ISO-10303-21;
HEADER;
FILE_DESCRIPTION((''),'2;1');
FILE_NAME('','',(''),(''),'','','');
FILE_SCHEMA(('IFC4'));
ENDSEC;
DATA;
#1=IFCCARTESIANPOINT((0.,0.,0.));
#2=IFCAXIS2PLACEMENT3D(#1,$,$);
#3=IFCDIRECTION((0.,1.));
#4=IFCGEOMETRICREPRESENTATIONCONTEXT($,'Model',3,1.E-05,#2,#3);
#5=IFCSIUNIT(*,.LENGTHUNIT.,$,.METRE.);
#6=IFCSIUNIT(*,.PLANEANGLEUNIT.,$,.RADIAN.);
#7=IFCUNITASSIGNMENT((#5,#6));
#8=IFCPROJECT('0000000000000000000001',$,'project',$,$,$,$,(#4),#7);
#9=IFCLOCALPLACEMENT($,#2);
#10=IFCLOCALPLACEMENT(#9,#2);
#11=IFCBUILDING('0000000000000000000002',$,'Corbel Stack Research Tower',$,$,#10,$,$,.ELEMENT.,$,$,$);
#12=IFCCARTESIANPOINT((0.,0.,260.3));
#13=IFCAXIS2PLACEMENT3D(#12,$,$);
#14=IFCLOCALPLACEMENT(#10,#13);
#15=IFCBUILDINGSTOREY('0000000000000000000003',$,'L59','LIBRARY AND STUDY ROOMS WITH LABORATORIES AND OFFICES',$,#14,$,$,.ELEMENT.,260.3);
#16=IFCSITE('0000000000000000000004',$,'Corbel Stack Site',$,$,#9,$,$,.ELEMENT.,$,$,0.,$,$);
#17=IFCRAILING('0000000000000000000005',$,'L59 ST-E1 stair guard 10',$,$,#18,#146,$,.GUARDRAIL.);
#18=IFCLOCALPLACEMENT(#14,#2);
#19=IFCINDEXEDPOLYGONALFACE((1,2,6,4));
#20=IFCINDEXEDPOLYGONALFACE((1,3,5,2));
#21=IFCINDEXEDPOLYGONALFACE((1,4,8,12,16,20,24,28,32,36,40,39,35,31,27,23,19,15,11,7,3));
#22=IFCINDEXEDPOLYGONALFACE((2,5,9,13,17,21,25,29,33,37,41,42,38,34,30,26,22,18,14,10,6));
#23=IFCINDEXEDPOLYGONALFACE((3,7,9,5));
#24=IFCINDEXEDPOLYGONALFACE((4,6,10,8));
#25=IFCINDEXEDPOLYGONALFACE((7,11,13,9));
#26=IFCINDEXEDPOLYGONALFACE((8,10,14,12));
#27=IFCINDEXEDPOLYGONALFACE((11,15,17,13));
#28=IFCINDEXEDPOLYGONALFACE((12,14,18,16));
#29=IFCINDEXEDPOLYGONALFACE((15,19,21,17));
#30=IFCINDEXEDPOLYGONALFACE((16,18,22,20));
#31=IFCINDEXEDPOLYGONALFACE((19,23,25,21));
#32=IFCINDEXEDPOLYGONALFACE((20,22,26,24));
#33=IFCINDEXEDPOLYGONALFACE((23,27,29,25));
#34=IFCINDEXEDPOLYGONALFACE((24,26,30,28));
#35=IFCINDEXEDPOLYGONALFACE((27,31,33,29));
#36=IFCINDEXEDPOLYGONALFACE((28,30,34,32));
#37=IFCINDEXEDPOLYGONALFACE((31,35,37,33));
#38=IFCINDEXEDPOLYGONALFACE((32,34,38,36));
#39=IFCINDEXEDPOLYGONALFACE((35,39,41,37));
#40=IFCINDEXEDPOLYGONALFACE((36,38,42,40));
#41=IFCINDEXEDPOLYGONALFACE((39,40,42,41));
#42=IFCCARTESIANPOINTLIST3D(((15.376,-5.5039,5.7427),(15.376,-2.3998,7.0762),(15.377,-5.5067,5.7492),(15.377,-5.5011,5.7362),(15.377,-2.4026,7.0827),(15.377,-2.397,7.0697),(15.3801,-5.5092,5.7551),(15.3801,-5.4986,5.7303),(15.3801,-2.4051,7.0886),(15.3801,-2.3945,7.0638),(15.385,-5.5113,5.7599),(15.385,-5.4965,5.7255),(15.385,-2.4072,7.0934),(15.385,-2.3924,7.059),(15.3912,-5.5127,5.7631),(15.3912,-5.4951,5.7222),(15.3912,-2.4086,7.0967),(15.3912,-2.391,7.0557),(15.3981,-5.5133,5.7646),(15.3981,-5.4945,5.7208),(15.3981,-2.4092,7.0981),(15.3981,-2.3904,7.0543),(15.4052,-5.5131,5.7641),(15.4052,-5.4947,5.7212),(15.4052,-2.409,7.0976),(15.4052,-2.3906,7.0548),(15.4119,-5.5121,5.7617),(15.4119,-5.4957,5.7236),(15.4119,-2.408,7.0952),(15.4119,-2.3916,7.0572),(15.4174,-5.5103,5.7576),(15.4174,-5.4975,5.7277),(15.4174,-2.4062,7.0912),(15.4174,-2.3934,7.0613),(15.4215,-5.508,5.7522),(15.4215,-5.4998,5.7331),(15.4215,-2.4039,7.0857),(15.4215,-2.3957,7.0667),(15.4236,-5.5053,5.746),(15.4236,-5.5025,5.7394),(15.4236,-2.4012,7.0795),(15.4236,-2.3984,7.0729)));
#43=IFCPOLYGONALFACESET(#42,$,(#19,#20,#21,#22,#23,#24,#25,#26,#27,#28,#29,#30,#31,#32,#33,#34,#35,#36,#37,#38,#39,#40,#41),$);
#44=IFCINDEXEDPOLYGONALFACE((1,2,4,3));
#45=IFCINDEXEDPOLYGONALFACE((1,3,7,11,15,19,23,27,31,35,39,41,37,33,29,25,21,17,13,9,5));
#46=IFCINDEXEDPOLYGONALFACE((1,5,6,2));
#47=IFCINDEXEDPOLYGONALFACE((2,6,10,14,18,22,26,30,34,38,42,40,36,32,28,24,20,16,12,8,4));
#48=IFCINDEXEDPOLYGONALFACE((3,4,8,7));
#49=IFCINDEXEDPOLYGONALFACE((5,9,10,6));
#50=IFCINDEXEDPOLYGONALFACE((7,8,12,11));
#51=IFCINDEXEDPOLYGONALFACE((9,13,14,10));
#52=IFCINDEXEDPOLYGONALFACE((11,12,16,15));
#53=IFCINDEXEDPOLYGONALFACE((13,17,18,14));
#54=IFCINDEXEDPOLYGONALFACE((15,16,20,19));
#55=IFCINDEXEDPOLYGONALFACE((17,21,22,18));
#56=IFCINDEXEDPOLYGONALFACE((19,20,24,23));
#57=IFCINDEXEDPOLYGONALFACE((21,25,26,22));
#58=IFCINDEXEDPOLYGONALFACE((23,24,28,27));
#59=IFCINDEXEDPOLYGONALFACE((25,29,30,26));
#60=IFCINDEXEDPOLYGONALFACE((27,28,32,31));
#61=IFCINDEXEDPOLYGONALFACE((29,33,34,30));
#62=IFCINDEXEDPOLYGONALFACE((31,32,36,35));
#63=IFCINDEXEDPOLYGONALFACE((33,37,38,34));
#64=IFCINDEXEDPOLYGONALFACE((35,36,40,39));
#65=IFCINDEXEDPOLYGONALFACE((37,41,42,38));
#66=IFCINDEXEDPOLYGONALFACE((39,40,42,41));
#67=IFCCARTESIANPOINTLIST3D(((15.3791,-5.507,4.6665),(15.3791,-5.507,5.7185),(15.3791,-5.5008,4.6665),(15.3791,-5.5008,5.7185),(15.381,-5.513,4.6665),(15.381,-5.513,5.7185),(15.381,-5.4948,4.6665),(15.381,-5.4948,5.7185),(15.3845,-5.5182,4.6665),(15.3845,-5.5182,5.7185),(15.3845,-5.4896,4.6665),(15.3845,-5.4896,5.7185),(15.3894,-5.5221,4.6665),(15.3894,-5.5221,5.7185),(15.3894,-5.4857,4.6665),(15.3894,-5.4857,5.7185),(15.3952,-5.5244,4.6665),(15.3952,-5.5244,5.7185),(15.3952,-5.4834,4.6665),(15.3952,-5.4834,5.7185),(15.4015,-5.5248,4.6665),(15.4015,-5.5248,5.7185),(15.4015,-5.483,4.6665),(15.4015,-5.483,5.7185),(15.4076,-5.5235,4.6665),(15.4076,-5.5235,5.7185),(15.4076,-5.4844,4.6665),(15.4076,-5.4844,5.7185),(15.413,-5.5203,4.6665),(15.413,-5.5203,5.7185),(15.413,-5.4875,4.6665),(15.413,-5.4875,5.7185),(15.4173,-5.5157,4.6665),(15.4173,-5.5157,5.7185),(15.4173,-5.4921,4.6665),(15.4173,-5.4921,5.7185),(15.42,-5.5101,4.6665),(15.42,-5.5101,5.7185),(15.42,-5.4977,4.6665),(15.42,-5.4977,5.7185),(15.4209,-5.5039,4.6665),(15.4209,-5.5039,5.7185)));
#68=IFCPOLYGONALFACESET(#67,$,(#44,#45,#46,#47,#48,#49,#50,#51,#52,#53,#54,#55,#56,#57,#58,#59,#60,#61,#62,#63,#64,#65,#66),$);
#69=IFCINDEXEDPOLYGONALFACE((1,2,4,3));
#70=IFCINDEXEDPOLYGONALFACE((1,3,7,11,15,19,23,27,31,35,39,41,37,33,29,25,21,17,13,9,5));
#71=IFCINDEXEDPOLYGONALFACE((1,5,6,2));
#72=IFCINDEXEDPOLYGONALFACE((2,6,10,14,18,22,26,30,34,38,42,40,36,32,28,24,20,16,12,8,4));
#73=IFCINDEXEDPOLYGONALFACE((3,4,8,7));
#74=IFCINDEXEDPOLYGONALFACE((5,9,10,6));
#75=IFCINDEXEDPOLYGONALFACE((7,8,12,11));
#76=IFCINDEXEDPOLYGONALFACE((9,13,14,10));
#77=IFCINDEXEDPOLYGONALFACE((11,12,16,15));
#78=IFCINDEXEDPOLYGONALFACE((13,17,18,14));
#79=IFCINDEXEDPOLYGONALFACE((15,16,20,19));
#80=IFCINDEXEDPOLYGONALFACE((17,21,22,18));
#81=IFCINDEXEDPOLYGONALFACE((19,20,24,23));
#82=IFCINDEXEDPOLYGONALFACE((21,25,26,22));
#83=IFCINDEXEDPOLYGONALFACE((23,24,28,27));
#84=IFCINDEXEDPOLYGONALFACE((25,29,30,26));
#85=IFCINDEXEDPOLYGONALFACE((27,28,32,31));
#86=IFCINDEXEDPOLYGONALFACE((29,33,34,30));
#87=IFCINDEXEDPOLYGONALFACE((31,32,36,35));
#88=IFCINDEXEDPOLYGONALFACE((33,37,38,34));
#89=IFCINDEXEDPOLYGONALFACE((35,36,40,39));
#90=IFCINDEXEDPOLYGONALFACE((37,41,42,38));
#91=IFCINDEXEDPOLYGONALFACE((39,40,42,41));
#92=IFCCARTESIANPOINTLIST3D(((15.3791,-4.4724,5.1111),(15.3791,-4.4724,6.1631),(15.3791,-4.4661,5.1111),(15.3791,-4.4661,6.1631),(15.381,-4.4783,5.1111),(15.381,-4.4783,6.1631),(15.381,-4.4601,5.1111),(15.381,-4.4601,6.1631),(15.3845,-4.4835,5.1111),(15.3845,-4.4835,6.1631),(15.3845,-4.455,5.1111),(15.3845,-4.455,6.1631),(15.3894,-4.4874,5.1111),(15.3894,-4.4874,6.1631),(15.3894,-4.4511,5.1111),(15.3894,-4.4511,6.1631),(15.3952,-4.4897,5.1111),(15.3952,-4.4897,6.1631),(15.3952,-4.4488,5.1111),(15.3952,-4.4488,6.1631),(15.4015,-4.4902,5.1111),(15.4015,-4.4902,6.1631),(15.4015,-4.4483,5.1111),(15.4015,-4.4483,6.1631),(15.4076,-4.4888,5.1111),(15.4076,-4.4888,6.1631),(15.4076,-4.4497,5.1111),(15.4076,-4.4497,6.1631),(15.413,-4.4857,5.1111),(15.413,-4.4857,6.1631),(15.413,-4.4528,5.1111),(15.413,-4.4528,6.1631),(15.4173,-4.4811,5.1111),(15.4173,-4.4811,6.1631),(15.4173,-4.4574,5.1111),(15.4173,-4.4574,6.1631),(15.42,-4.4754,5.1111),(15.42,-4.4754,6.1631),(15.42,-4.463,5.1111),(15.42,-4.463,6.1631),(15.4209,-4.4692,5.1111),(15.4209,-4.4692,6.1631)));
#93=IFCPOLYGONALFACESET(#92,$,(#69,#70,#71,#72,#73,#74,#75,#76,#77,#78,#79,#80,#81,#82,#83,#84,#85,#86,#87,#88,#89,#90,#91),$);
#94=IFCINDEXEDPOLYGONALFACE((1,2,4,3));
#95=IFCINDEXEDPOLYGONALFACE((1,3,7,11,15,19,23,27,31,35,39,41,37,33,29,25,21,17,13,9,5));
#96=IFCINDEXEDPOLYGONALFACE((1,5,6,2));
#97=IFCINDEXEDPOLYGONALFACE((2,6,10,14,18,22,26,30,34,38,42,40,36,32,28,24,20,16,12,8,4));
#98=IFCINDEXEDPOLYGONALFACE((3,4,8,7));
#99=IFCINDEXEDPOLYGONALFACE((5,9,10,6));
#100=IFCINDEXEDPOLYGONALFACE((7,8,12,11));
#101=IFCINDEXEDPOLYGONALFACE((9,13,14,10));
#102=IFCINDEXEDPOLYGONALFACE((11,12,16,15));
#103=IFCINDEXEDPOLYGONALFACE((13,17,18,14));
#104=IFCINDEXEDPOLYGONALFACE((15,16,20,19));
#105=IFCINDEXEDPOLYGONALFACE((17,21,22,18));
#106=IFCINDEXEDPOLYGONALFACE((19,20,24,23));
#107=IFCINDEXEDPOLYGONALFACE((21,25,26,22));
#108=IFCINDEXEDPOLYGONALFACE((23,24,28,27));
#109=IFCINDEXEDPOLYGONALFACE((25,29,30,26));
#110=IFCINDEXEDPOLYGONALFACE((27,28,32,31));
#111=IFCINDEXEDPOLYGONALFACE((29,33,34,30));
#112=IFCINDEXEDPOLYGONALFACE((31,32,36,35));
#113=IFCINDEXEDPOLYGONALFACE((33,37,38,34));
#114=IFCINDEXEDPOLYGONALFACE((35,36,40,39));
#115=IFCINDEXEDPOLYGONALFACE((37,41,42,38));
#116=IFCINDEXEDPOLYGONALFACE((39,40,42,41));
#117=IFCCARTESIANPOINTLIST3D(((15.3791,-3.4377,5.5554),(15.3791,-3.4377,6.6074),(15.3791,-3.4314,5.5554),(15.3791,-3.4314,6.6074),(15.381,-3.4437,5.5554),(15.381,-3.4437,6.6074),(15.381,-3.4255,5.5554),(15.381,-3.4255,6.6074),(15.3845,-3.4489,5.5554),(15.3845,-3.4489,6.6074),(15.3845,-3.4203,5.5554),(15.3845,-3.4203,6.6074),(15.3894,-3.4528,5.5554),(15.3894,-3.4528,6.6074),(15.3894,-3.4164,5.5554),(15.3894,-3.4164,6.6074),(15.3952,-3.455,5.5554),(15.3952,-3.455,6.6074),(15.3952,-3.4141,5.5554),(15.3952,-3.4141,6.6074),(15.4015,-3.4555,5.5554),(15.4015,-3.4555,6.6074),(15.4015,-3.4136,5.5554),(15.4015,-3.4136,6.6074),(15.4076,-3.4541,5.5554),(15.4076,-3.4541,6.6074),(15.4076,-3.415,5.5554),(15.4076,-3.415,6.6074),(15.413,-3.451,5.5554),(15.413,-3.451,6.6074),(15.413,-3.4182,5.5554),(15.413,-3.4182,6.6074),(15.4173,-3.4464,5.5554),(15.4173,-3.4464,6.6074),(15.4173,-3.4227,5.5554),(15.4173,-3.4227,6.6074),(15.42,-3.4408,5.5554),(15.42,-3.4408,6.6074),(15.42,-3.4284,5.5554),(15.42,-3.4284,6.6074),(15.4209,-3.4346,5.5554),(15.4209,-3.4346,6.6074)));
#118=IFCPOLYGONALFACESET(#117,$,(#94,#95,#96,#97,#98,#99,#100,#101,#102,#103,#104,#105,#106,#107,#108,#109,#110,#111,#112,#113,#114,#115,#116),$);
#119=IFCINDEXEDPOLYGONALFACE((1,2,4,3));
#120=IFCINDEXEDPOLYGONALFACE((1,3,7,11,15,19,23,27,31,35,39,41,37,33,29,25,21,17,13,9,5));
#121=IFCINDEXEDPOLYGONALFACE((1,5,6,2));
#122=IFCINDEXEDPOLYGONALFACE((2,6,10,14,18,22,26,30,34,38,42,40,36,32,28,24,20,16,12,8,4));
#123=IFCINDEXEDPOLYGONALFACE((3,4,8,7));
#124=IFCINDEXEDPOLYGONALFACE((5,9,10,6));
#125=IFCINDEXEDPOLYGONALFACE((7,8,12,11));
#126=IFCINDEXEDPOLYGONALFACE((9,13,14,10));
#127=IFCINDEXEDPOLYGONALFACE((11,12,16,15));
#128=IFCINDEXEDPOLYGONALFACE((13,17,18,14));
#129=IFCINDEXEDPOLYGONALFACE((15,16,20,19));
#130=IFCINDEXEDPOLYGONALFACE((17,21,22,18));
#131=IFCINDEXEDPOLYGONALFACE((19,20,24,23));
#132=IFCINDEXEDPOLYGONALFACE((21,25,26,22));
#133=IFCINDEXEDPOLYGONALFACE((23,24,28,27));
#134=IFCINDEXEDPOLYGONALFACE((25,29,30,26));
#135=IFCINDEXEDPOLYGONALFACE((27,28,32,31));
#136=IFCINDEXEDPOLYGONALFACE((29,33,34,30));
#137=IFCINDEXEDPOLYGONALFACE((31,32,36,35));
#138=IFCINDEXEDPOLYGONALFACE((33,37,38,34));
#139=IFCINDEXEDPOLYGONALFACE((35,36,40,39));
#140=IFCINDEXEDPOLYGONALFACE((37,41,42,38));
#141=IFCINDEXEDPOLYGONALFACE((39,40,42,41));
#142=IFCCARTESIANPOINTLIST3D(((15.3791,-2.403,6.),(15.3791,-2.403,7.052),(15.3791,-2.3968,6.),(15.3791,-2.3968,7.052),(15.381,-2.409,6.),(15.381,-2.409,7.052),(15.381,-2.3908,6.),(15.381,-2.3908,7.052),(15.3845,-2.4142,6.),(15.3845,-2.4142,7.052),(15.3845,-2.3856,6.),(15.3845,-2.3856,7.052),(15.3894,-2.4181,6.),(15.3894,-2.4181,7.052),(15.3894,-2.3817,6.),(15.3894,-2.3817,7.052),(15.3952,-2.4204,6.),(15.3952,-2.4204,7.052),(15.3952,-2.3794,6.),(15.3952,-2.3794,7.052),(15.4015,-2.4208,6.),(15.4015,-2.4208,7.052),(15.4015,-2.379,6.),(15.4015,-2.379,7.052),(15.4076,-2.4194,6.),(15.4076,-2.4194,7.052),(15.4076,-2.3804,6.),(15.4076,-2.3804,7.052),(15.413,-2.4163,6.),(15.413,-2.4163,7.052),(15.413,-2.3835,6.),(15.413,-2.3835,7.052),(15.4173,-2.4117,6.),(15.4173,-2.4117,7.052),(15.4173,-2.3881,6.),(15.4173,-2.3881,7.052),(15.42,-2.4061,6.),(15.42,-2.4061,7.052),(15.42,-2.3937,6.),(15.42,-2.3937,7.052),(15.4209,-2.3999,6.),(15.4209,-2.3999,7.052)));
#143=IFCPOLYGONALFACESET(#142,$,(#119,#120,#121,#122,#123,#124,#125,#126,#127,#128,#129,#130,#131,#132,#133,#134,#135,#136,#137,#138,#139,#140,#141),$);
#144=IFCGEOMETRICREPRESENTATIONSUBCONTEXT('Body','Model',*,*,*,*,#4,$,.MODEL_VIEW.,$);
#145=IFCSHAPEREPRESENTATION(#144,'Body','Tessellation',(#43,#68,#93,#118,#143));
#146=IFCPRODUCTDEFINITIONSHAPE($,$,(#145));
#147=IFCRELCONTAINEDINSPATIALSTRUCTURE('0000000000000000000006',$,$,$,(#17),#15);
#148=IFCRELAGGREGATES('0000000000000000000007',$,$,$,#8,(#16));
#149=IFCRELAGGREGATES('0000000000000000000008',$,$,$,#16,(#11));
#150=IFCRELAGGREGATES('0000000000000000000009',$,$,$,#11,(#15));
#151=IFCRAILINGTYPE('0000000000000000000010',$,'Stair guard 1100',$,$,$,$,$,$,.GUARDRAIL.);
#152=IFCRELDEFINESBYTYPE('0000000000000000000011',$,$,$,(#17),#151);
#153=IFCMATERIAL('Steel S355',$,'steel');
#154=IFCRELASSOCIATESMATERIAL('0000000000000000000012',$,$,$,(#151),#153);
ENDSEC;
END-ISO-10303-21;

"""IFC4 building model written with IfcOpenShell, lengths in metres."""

from ifc_helpers import new_model, si_unit, direction, frame, origin, origin_2d, place, context, subcontext, project, spatial, circle, extrude, material, type_object, element, save


model = new_model("IFC4")

# Units and contexts
model_context = context("Model", 3, precision=1e-05, world=origin(), true_north=direction((0.0, 1.0)))
body_context = subcontext(model_context, "Body", "Model", "MODEL_VIEW")
ifc_project = project(units=[si_unit("LENGTHUNIT", "METRE"), si_unit("PLANEANGLEUNIT", "RADIAN")], contexts=[model_context])

# Site, building, storey
site_placement = place(None, origin())
site = spatial("IfcSite", under=ifc_project, at=site_placement, Name="Corbel Stack Site", CompositionType="ELEMENT", RefElevation=0.0)
building_placement = place(site_placement, origin())
building = spatial("IfcBuilding", under=site, at=building_placement, Name="Corbel Stack Research Tower", CompositionType="ELEMENT")
storey_placement = place(building_placement, frame((0.0, 0.0, 260.3)))
storey = spatial("IfcBuildingStorey", under=building, at=storey_placement, Name="L59", Description="LIBRARY AND STUDY ROOMS WITH LABORATORIES AND OFFICES", CompositionType="ELEMENT", Elevation=260.3)

# Railing
ifc_material_1 = material(Name="Steel S355", Category="steel")
railing_type_1 = type_object("IfcRailingType", Name="Stair guard 1100", PredefinedType="GUARDRAIL", material=ifc_material_1)
railing_1_placement = place(storey_placement, frame((15.3999, -5.5039, 4.6665)))
element("IfcRailing", 1, at=railing_1_placement, inside=storey, type_object=railing_type_1, Name="L59 ST-E1 stair guard 10", PredefinedType="GUARDRAIL", context=body_context, shape_type="SweptSolid", body=[
    extrude(circle(Radius=0.0239, at=origin_2d()), frame((0.0, 0.0, 1.0762), z_axis=(0.0, 0.918801, 0.394722), x_axis=(-1.0, 0.0, 0.0)), (0.0, 0.0, 1.0), 3.3784),
    extrude(circle(Radius=0.021, at=origin_2d()), origin(), (0.0, 0.0, 1.0), 1.052),
    extrude(circle(Radius=0.021, at=origin_2d()), frame((0.0, 1.0347, 0.4446)), (0.0, 0.0, 1.0), 1.052),
    extrude(circle(Radius=0.021, at=origin_2d()), frame((0.0, 2.0693, 0.8889)), (0.0, 0.0, 1.0), 1.052),
    extrude(circle(Radius=0.021, at=origin_2d()), frame((0.0, 3.104, 1.3335)), (0.0, 0.0, 1.0), 1.052),
])

save(model, "model.ifc")
